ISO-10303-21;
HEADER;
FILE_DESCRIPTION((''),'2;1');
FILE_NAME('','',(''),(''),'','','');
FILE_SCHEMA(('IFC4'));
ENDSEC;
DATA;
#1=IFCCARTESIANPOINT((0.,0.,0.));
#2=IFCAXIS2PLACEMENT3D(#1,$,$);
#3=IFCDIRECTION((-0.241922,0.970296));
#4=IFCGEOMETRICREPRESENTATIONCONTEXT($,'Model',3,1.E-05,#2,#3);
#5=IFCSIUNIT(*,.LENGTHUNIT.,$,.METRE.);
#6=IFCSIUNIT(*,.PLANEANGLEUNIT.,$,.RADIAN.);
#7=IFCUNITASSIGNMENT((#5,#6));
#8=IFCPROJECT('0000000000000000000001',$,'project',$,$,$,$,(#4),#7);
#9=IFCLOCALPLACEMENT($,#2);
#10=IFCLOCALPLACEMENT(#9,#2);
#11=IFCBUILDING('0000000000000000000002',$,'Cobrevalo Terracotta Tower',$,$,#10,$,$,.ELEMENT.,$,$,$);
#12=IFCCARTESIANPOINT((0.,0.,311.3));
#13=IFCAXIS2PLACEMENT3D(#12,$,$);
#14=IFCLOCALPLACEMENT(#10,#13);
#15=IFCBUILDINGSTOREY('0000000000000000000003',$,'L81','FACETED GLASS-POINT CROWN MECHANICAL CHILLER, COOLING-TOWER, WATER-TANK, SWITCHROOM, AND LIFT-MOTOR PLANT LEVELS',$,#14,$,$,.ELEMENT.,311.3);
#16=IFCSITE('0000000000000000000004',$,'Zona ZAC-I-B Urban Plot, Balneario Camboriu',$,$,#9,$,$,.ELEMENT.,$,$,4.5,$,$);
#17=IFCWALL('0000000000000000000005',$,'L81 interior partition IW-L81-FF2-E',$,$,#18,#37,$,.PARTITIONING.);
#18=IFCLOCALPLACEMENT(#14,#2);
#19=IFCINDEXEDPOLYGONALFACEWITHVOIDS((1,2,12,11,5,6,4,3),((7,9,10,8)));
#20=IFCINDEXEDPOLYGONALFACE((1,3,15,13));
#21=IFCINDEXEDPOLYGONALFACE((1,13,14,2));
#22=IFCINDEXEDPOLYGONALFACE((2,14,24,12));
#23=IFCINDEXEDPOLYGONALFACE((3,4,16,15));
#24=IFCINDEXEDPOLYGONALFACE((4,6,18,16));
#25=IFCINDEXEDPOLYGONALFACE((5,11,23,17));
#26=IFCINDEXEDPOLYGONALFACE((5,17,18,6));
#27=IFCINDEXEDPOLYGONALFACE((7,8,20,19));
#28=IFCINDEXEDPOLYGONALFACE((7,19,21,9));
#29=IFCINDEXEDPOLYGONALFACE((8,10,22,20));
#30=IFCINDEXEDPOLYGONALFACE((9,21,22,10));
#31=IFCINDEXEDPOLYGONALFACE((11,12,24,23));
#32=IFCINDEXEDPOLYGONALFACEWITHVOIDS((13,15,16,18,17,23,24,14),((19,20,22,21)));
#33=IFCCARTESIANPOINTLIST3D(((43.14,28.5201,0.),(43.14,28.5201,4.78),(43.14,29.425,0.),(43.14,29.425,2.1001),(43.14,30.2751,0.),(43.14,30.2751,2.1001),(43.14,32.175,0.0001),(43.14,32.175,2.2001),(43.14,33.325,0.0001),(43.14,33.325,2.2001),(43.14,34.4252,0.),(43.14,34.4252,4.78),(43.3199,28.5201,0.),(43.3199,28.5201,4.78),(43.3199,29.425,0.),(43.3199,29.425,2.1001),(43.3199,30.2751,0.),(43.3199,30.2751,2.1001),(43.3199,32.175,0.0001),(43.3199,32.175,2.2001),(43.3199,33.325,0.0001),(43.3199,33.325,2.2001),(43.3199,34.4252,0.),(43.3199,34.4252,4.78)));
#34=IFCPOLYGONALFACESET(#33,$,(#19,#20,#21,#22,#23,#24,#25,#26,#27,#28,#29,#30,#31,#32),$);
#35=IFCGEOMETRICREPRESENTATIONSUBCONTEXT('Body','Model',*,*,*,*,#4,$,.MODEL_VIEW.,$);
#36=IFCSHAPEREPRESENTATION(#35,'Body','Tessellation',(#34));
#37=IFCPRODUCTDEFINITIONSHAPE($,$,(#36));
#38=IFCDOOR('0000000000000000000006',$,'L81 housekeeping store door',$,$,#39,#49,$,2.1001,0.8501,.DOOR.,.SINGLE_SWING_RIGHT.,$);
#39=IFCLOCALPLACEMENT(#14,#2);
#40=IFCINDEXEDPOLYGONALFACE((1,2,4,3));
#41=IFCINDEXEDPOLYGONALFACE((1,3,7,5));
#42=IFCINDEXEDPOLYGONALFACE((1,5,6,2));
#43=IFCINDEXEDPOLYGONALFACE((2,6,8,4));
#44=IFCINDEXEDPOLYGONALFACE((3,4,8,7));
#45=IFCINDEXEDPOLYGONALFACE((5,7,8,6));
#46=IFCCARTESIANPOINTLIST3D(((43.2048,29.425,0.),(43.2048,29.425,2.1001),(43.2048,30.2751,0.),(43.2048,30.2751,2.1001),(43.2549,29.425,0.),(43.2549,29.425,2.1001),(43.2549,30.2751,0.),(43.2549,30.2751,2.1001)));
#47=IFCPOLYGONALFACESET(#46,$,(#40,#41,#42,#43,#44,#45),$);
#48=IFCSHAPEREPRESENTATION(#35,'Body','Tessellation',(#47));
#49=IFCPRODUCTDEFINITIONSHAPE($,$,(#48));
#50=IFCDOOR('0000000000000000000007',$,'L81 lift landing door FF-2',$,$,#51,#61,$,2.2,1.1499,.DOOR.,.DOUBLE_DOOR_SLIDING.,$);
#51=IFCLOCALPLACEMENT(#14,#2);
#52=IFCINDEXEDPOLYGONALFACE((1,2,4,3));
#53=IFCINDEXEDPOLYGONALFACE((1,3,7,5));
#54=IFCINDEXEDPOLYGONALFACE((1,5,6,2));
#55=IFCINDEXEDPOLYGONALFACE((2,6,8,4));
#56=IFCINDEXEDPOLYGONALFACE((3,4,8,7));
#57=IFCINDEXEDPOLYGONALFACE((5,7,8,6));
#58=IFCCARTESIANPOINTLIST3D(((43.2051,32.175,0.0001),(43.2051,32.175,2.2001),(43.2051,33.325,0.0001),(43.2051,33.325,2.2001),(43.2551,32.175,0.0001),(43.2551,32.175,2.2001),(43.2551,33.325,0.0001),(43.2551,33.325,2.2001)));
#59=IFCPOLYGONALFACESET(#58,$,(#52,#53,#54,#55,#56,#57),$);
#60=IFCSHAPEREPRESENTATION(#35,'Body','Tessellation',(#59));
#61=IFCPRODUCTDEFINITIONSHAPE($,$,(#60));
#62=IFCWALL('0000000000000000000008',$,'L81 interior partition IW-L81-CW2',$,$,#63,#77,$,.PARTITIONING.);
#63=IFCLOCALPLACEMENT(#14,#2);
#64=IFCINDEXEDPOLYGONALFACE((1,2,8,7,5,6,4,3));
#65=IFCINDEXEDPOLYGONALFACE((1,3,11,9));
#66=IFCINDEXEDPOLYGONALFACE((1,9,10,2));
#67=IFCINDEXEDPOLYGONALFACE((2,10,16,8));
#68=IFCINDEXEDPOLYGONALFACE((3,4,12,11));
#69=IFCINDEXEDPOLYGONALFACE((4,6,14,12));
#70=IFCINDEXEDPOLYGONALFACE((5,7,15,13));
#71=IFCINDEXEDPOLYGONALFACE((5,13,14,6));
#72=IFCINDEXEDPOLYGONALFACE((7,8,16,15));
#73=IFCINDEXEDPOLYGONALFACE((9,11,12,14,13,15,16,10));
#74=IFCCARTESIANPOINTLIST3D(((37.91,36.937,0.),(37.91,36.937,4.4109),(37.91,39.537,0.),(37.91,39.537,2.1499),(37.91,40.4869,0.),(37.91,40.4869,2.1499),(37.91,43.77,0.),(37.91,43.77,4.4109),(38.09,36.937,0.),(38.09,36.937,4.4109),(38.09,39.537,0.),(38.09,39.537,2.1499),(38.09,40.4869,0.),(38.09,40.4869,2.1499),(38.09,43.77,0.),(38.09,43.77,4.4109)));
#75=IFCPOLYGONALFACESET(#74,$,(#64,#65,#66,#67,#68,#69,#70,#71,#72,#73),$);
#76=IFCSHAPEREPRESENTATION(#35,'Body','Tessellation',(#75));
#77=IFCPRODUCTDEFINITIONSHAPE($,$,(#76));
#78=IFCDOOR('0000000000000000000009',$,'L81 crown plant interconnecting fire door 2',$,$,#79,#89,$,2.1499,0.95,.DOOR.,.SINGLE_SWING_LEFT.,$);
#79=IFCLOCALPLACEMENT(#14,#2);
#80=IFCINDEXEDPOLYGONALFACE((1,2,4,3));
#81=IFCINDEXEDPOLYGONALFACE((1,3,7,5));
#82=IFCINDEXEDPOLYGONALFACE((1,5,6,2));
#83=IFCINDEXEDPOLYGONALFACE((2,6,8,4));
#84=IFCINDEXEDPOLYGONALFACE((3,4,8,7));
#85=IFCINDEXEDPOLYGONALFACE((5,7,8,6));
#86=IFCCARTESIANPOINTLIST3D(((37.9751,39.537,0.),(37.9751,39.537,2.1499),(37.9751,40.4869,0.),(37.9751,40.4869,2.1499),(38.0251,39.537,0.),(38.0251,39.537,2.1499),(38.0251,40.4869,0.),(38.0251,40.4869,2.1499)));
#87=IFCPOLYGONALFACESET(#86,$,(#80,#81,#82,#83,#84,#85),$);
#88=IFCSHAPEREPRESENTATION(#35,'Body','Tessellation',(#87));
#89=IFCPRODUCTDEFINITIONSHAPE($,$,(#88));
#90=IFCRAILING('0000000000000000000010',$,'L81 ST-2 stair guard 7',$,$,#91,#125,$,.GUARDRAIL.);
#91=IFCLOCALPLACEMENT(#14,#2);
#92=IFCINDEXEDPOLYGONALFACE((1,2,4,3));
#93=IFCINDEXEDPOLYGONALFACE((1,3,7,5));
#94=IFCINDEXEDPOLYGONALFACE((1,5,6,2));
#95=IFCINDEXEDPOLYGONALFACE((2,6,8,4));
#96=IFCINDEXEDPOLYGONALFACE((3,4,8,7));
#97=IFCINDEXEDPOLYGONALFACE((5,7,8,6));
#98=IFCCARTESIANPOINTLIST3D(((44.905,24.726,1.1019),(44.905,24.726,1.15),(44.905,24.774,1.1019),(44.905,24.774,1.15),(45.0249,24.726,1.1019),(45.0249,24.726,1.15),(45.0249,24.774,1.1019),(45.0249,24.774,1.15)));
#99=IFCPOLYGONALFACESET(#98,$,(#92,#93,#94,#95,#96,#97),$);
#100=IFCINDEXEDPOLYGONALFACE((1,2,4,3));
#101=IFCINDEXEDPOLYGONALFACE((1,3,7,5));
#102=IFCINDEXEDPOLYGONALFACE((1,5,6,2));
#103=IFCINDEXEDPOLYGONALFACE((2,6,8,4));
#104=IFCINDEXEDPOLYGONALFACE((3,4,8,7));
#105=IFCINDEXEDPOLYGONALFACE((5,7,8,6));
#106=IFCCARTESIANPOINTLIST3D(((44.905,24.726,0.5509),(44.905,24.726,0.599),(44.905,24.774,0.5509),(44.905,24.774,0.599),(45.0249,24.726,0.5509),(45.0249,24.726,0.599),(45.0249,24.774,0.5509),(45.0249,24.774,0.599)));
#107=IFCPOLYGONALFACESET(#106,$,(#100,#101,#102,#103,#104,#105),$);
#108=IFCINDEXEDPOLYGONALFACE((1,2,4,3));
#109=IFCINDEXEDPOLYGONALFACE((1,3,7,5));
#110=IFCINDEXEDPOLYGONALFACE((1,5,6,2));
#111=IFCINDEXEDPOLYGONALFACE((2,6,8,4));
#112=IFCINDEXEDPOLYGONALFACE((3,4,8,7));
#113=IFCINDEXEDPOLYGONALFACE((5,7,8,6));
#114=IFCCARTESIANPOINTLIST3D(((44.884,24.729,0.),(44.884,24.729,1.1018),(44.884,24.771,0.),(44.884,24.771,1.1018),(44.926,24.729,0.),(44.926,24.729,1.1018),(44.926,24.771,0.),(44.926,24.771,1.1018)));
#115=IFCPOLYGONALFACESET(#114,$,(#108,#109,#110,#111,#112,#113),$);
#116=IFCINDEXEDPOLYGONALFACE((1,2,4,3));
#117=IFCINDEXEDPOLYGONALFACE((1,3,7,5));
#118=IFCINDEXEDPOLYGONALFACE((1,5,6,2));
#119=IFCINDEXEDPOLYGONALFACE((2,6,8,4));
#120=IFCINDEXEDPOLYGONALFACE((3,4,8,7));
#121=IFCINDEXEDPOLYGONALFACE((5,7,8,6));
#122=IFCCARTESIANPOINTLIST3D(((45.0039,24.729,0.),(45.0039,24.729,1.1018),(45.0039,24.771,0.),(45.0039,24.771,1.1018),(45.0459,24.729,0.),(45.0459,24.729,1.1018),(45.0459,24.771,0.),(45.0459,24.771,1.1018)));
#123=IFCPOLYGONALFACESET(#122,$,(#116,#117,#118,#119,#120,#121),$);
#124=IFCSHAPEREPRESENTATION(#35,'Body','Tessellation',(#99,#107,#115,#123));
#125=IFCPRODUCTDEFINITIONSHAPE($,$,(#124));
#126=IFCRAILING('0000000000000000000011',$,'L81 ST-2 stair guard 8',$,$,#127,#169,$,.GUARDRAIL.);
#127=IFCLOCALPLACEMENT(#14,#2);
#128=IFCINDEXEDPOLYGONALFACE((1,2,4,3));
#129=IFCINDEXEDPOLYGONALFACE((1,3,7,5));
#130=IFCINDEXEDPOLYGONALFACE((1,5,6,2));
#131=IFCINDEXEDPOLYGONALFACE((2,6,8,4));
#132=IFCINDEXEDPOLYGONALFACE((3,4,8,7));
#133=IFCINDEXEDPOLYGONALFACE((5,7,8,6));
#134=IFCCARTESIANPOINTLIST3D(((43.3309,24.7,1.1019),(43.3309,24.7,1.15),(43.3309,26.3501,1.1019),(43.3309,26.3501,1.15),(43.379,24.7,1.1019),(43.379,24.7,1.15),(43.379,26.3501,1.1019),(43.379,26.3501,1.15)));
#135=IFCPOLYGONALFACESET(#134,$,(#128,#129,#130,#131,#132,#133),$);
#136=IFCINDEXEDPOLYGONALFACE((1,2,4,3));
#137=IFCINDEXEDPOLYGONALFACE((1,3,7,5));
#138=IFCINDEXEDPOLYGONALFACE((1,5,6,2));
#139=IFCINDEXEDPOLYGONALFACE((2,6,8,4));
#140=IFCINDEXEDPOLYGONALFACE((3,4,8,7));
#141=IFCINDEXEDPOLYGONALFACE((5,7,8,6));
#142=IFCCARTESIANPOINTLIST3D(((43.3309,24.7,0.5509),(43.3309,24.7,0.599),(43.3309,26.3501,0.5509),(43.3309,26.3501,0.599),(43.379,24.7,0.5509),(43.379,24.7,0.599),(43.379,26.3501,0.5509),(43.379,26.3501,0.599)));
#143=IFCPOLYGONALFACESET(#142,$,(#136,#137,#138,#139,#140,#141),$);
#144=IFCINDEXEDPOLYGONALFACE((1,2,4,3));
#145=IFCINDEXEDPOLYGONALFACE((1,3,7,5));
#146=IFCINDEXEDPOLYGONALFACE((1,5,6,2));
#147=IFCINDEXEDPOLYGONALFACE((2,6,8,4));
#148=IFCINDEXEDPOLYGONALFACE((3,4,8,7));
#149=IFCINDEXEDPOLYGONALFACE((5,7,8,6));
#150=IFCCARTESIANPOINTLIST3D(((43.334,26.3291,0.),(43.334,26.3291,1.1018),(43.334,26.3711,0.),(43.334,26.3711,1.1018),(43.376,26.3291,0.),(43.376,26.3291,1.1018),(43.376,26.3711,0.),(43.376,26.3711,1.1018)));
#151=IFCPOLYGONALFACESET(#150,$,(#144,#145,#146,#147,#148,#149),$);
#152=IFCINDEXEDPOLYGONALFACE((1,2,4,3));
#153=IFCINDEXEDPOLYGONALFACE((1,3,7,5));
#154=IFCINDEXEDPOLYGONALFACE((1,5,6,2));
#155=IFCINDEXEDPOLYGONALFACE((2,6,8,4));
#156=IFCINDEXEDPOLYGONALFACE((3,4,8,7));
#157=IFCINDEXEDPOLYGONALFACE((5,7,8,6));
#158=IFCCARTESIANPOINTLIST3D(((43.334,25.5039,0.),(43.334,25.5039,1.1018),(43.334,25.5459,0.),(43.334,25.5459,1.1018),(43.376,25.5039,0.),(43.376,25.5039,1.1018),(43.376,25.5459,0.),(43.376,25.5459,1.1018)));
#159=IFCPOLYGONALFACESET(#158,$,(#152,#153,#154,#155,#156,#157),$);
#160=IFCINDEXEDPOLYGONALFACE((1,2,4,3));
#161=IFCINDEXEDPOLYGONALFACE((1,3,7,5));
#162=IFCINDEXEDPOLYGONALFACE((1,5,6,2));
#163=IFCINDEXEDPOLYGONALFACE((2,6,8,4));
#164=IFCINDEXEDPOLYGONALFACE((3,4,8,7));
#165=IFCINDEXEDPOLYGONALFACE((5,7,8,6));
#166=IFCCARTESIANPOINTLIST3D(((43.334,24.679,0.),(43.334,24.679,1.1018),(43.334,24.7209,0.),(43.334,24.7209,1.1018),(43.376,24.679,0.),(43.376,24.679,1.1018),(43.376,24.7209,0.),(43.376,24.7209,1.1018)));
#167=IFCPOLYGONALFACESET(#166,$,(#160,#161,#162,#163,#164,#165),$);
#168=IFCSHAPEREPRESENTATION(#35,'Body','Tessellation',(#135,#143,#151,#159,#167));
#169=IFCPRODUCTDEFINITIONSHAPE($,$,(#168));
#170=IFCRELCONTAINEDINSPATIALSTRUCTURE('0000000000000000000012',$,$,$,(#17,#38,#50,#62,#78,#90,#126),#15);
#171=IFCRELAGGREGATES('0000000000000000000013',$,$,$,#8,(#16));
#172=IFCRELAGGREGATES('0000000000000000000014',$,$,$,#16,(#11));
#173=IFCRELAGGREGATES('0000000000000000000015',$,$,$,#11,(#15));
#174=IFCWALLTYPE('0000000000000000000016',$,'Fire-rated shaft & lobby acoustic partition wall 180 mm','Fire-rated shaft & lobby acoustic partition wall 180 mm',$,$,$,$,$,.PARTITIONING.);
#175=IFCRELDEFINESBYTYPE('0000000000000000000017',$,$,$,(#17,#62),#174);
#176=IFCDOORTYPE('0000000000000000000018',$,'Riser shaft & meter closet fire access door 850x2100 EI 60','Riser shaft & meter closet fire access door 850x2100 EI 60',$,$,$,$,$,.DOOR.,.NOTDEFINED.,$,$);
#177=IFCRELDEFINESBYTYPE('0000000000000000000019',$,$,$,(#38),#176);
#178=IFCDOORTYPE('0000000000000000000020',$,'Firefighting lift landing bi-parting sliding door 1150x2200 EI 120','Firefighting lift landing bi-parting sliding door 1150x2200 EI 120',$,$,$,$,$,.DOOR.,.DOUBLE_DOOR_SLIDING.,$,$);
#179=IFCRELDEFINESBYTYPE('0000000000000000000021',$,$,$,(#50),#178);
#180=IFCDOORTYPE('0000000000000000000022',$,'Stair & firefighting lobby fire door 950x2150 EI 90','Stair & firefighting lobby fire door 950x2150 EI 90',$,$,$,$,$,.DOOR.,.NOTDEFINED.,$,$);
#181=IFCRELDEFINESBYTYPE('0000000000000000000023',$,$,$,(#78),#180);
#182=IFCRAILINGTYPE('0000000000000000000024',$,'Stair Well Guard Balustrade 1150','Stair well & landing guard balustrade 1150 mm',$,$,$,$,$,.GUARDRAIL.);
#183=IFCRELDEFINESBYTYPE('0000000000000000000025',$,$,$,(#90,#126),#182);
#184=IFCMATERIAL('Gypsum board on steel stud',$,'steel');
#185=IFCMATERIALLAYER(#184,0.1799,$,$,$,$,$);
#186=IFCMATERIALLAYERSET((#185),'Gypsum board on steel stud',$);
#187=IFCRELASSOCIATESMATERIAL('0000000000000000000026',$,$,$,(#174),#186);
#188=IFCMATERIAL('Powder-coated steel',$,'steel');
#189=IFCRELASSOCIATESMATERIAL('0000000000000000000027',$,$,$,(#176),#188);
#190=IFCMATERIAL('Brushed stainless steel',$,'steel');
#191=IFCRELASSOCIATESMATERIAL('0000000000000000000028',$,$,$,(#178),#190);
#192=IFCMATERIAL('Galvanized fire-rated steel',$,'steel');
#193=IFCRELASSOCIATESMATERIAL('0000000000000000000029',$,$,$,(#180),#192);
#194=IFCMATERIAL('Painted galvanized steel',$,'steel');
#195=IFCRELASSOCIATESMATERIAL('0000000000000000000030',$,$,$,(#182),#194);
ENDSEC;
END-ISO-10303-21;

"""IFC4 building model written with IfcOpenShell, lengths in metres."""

from ifc_helpers import new_model, si_unit, direction, frame, frame_2d, origin, origin_2d, place, context, subcontext, project, spatial, rectangle, extrude, source, transform, mapped, material, layer, layer_set, type_object, element, fill, save


model = new_model("IFC4")

# Units and contexts
model_context = context("Model", 3, precision=1e-05, world=origin(), true_north=direction((-0.241922, 0.970296)))
body_context = subcontext(model_context, "Body", "Model", "MODEL_VIEW")
ifc_project = project(units=[si_unit("LENGTHUNIT", "METRE"), si_unit("PLANEANGLEUNIT", "RADIAN")], contexts=[model_context])

# Site, building, storey
site_placement = place(None, origin())
site = spatial("IfcSite", under=ifc_project, at=site_placement, Name="Zona ZAC-I-B Urban Plot, Balneario Camboriu", CompositionType="ELEMENT", RefElevation=4.5)
building_placement = place(site_placement, origin())
building = spatial("IfcBuilding", under=site, at=building_placement, Name="Cobrevalo Terracotta Tower", CompositionType="ELEMENT")
storey_placement = place(building_placement, frame((0.0, 0.0, 311.3)))
storey = spatial("IfcBuildingStorey", under=building, at=storey_placement, Name="L81", Description="FACETED GLASS-POINT CROWN MECHANICAL CHILLER, COOLING-TOWER, WATER-TANK, SWITCHROOM, AND LIFT-MOTOR PLANT LEVELS", CompositionType="ELEMENT", Elevation=311.3)

# Shared definitions
ifc_material_1 = material(Name="Gypsum board on steel stud", Category="steel")

# Shared definitions
ifc_layer_1 = layer(ifc_material_1, 0.1799)
ifc_layer_set_1 = layer_set([ifc_layer_1], Name="Gypsum board on steel stud")
wall_type_1 = type_object("IfcWallType", Name="Fire-rated shaft & lobby acoustic partition wall 180 mm", Description="Fire-rated shaft & lobby acoustic partition wall 180 mm", PredefinedType="PARTITIONING", material=ifc_layer_set_1)
ifc_material_2 = material(Name="Powder-coated steel", Category="steel")
door_type_1 = type_object("IfcDoorType", Name="Riser shaft & meter closet fire access door 850x2100 EI 60", Description="Riser shaft & meter closet fire access door 850x2100 EI 60", OperationType="NOTDEFINED", PredefinedType="DOOR", material=ifc_material_2)
shared_shape_1 = source(origin(), body_context, "Body", "SweptSolid", [
    extrude(rectangle(XDim=0.8501, YDim=2.1001, at=frame_2d((0.425, 1.05))), frame((0.0, 0.0249, 0.0), z_axis=(0.0, -1.0, 0.0), x_axis=(1.0, 0.0, 0.0)), (0.0, 0.0, 1.0), 0.05),
])

# Wall, openings, doors
wall_1_placement = place(storey_placement, frame((43.23, 28.52, 0.0), z_axis=(0.0, 0.0, 1.0), x_axis=(0.0, 1.0, 0.0)))
wall_1 = element("IfcWall", 1, at=wall_1_placement, inside=storey, type_object=wall_type_1, Name="L81 interior partition IW-L81-FF2-E", PredefinedType="PARTITIONING", context=body_context, shape_type="SweptSolid", body=[
    extrude(rectangle(XDim=5.905, YDim=0.1799, at=frame_2d((2.9526, 0.0))), origin(), (0.0, 0.0, 1.0), 4.78),
])
opening_1_placement = place(wall_1_placement, frame((0.905, 0.0, 0.0)))
opening_1 = element("IfcOpeningElement", 2, at=opening_1_placement, cuts=wall_1, PredefinedType="OPENING", context=body_context, shape_type="SweptSolid", body=[
    extrude(rectangle(XDim=0.8501, YDim=2.1001, at=frame_2d((0.425, 1.05))), frame((0.0, 0.1001, 0.0), z_axis=(0.0, -1.0, 0.0), x_axis=(1.0, 0.0, 0.0)), (0.0, 0.0, 1.0), 0.2),
])
opening_2_placement = place(wall_1_placement, frame((3.655, 0.0, 0.0)))
opening_2 = element("IfcOpeningElement", 3, at=opening_2_placement, cuts=wall_1, PredefinedType="OPENING", context=body_context, shape_type="SweptSolid", body=[
    extrude(rectangle(XDim=1.1499, YDim=2.2, at=frame_2d((0.575, 1.1001))), frame((0.0, 0.1001, 0.0), z_axis=(0.0, -1.0, 0.0), x_axis=(1.0, 0.0, 0.0)), (0.0, 0.0, 1.0), 0.2),
])
door_1_placement = place(opening_1_placement, frame((0.8501, 0.0, 0.0), z_axis=(0.0, 0.0, 1.0), x_axis=(-1.0, 0.0, 0.0)))
door_1 = element("IfcDoor", 4, at=door_1_placement, inside=storey, type_object=door_type_1, Name="L81 housekeeping store door", OperationType="SINGLE_SWING_RIGHT", OverallHeight=2.1001, OverallWidth=0.8501, PredefinedType="DOOR", context=body_context, shape_type="MappedRepresentation", body=[
    mapped(shared_shape_1, transform((0.0, 0.0, 0.0), scale=1.0)),
])
fill(opening_1, door_1)
ifc_material_3 = material(Name="Brushed stainless steel", Category="steel")
door_type_2 = type_object("IfcDoorType", Name="Firefighting lift landing bi-parting sliding door 1150x2200 EI 120", Description="Firefighting lift landing bi-parting sliding door 1150x2200 EI 120", OperationType="DOUBLE_DOOR_SLIDING", PredefinedType="DOOR", material=ifc_material_3)
shared_shape_2 = source(origin(), body_context, "Body", "SweptSolid", [
    extrude(rectangle(XDim=1.1499, YDim=2.2, at=frame_2d((0.575, 1.1001))), frame((0.0, 0.0249, 0.0), z_axis=(0.0, -1.0, 0.0), x_axis=(1.0, 0.0, 0.0)), (0.0, 0.0, 1.0), 0.05),
])
door_2_placement = place(opening_2_placement, origin())
door_2 = element("IfcDoor", 5, at=door_2_placement, inside=storey, type_object=door_type_2, Name="L81 lift landing door FF-2", OperationType="DOUBLE_DOOR_SLIDING", OverallHeight=2.2, OverallWidth=1.1499, PredefinedType="DOOR", context=body_context, shape_type="MappedRepresentation", body=[
    mapped(shared_shape_2, transform((0.0, 0.0, 0.0), scale=1.0)),
])
fill(opening_2, door_2)

# Wall, opening, door
wall_2_placement = place(storey_placement, frame((38.0, 36.937, 0.0), z_axis=(0.0, 0.0, 1.0), x_axis=(0.0, 1.0, 0.0)))
wall_2 = element("IfcWall", 6, at=wall_2_placement, inside=storey, type_object=wall_type_1, Name="L81 interior partition IW-L81-CW2", PredefinedType="PARTITIONING", context=body_context, shape_type="SweptSolid", body=[
    extrude(rectangle(XDim=6.833, YDim=0.1799, at=frame_2d((3.4165, 0.0))), origin(), (0.0, 0.0, 1.0), 4.4109),
])
opening_3_placement = place(wall_2_placement, frame((2.5999, 0.0, 0.0)))
opening_3 = element("IfcOpeningElement", 7, at=opening_3_placement, cuts=wall_2, PredefinedType="OPENING", context=body_context, shape_type="SweptSolid", body=[
    extrude(rectangle(XDim=0.95, YDim=2.1499, at=frame_2d((0.4751, 1.075))), frame((0.0, 0.1001, 0.0), z_axis=(0.0, -1.0, 0.0), x_axis=(1.0, 0.0, 0.0)), (0.0, 0.0, 1.0), 0.2),
])
ifc_material_4 = material(Name="Galvanized fire-rated steel", Category="steel")
door_type_3 = type_object("IfcDoorType", Name="Stair & firefighting lobby fire door 950x2150 EI 90", Description="Stair & firefighting lobby fire door 950x2150 EI 90", OperationType="NOTDEFINED", PredefinedType="DOOR", material=ifc_material_4)
shared_shape_3 = source(origin(), body_context, "Body", "SweptSolid", [
    extrude(rectangle(XDim=0.95, YDim=2.1499, at=frame_2d((0.4751, 1.075))), frame((0.0, 0.0249, 0.0), z_axis=(0.0, -1.0, 0.0), x_axis=(1.0, 0.0, 0.0)), (0.0, 0.0, 1.0), 0.05),
])
door_3_placement = place(opening_3_placement, origin())
door_3 = element("IfcDoor", 8, at=door_3_placement, inside=storey, type_object=door_type_3, Name="L81 crown plant interconnecting fire door 2", OperationType="SINGLE_SWING_LEFT", OverallHeight=2.1499, OverallWidth=0.95, PredefinedType="DOOR", context=body_context, shape_type="MappedRepresentation", body=[
    mapped(shared_shape_3, transform((0.0, 0.0, 0.0), scale=1.0)),
])
fill(opening_3, door_3)

# Railings
ifc_material_5 = material(Name="Painted galvanized steel", Category="steel")
railing_type = type_object("IfcRailingType", Name="Stair Well Guard Balustrade 1150", Description="Stair well & landing guard balustrade 1150 mm", PredefinedType="GUARDRAIL", material=ifc_material_5)
railing_placement = place(storey_placement, frame((44.905, 24.75, 0.0)))
element("IfcRailing", 9, at=railing_placement, inside=storey, type_object=railing_type, Name="L81 ST-2 stair guard 7", PredefinedType="GUARDRAIL", context=body_context, shape_type="SweptSolid", body=[
    extrude(rectangle(XDim=0.0481, YDim=0.0481, at=origin_2d()), frame((0.0, 0.0, 1.126), z_axis=(1.0, 0.0, 0.0), x_axis=(0.0, 1.0, 0.0)), (0.0, 0.0, 1.0), 0.1199),
    extrude(rectangle(XDim=0.0481, YDim=0.0481, at=origin_2d()), frame((0.0, 0.0, 0.575), z_axis=(1.0, 0.0, 0.0), x_axis=(0.0, 1.0, 0.0)), (0.0, 0.0, 1.0), 0.1199),
    extrude(rectangle(XDim=0.042, YDim=0.042, at=origin_2d()), origin(), (0.0, 0.0, 1.0), 1.1018),
    extrude(rectangle(XDim=0.042, YDim=0.042, at=origin_2d()), frame((0.1199, 0.0, 0.0)), (0.0, 0.0, 1.0), 1.1018),
])
for number, where, name in (
    (10, (43.355, 26.3501, 0.0), "L81 ST-2 stair guard 8"),
):
    element("IfcRailing", number, at=place(storey_placement, frame(where)), inside=storey, type_object=railing_type, Name=name, PredefinedType="GUARDRAIL", context=body_context, shape_type="SweptSolid", body=[
        extrude(rectangle(XDim=0.0481, YDim=0.0481, at=origin_2d()), frame((0.0, 0.0, 1.126), z_axis=(0.0, -1.0, 0.0), x_axis=(1.0, 0.0, 0.0)), (0.0, 0.0, 1.0), 1.6501),
        extrude(rectangle(XDim=0.0481, YDim=0.0481, at=origin_2d()), frame((0.0, 0.0, 0.575), z_axis=(0.0, -1.0, 0.0), x_axis=(1.0, 0.0, 0.0)), (0.0, 0.0, 1.0), 1.6501),
        extrude(rectangle(XDim=0.042, YDim=0.042, at=origin_2d()), origin(), (0.0, 0.0, 1.0), 1.1018),
        extrude(rectangle(XDim=0.042, YDim=0.042, at=origin_2d()), frame((0.0, -0.8252, 0.0)), (0.0, 0.0, 1.0), 1.1018),
        extrude(rectangle(XDim=0.042, YDim=0.042, at=origin_2d()), frame((0.0, -1.6501, 0.0)), (0.0, 0.0, 1.0), 1.1018),
    ])

save(model, "model.ifc")
